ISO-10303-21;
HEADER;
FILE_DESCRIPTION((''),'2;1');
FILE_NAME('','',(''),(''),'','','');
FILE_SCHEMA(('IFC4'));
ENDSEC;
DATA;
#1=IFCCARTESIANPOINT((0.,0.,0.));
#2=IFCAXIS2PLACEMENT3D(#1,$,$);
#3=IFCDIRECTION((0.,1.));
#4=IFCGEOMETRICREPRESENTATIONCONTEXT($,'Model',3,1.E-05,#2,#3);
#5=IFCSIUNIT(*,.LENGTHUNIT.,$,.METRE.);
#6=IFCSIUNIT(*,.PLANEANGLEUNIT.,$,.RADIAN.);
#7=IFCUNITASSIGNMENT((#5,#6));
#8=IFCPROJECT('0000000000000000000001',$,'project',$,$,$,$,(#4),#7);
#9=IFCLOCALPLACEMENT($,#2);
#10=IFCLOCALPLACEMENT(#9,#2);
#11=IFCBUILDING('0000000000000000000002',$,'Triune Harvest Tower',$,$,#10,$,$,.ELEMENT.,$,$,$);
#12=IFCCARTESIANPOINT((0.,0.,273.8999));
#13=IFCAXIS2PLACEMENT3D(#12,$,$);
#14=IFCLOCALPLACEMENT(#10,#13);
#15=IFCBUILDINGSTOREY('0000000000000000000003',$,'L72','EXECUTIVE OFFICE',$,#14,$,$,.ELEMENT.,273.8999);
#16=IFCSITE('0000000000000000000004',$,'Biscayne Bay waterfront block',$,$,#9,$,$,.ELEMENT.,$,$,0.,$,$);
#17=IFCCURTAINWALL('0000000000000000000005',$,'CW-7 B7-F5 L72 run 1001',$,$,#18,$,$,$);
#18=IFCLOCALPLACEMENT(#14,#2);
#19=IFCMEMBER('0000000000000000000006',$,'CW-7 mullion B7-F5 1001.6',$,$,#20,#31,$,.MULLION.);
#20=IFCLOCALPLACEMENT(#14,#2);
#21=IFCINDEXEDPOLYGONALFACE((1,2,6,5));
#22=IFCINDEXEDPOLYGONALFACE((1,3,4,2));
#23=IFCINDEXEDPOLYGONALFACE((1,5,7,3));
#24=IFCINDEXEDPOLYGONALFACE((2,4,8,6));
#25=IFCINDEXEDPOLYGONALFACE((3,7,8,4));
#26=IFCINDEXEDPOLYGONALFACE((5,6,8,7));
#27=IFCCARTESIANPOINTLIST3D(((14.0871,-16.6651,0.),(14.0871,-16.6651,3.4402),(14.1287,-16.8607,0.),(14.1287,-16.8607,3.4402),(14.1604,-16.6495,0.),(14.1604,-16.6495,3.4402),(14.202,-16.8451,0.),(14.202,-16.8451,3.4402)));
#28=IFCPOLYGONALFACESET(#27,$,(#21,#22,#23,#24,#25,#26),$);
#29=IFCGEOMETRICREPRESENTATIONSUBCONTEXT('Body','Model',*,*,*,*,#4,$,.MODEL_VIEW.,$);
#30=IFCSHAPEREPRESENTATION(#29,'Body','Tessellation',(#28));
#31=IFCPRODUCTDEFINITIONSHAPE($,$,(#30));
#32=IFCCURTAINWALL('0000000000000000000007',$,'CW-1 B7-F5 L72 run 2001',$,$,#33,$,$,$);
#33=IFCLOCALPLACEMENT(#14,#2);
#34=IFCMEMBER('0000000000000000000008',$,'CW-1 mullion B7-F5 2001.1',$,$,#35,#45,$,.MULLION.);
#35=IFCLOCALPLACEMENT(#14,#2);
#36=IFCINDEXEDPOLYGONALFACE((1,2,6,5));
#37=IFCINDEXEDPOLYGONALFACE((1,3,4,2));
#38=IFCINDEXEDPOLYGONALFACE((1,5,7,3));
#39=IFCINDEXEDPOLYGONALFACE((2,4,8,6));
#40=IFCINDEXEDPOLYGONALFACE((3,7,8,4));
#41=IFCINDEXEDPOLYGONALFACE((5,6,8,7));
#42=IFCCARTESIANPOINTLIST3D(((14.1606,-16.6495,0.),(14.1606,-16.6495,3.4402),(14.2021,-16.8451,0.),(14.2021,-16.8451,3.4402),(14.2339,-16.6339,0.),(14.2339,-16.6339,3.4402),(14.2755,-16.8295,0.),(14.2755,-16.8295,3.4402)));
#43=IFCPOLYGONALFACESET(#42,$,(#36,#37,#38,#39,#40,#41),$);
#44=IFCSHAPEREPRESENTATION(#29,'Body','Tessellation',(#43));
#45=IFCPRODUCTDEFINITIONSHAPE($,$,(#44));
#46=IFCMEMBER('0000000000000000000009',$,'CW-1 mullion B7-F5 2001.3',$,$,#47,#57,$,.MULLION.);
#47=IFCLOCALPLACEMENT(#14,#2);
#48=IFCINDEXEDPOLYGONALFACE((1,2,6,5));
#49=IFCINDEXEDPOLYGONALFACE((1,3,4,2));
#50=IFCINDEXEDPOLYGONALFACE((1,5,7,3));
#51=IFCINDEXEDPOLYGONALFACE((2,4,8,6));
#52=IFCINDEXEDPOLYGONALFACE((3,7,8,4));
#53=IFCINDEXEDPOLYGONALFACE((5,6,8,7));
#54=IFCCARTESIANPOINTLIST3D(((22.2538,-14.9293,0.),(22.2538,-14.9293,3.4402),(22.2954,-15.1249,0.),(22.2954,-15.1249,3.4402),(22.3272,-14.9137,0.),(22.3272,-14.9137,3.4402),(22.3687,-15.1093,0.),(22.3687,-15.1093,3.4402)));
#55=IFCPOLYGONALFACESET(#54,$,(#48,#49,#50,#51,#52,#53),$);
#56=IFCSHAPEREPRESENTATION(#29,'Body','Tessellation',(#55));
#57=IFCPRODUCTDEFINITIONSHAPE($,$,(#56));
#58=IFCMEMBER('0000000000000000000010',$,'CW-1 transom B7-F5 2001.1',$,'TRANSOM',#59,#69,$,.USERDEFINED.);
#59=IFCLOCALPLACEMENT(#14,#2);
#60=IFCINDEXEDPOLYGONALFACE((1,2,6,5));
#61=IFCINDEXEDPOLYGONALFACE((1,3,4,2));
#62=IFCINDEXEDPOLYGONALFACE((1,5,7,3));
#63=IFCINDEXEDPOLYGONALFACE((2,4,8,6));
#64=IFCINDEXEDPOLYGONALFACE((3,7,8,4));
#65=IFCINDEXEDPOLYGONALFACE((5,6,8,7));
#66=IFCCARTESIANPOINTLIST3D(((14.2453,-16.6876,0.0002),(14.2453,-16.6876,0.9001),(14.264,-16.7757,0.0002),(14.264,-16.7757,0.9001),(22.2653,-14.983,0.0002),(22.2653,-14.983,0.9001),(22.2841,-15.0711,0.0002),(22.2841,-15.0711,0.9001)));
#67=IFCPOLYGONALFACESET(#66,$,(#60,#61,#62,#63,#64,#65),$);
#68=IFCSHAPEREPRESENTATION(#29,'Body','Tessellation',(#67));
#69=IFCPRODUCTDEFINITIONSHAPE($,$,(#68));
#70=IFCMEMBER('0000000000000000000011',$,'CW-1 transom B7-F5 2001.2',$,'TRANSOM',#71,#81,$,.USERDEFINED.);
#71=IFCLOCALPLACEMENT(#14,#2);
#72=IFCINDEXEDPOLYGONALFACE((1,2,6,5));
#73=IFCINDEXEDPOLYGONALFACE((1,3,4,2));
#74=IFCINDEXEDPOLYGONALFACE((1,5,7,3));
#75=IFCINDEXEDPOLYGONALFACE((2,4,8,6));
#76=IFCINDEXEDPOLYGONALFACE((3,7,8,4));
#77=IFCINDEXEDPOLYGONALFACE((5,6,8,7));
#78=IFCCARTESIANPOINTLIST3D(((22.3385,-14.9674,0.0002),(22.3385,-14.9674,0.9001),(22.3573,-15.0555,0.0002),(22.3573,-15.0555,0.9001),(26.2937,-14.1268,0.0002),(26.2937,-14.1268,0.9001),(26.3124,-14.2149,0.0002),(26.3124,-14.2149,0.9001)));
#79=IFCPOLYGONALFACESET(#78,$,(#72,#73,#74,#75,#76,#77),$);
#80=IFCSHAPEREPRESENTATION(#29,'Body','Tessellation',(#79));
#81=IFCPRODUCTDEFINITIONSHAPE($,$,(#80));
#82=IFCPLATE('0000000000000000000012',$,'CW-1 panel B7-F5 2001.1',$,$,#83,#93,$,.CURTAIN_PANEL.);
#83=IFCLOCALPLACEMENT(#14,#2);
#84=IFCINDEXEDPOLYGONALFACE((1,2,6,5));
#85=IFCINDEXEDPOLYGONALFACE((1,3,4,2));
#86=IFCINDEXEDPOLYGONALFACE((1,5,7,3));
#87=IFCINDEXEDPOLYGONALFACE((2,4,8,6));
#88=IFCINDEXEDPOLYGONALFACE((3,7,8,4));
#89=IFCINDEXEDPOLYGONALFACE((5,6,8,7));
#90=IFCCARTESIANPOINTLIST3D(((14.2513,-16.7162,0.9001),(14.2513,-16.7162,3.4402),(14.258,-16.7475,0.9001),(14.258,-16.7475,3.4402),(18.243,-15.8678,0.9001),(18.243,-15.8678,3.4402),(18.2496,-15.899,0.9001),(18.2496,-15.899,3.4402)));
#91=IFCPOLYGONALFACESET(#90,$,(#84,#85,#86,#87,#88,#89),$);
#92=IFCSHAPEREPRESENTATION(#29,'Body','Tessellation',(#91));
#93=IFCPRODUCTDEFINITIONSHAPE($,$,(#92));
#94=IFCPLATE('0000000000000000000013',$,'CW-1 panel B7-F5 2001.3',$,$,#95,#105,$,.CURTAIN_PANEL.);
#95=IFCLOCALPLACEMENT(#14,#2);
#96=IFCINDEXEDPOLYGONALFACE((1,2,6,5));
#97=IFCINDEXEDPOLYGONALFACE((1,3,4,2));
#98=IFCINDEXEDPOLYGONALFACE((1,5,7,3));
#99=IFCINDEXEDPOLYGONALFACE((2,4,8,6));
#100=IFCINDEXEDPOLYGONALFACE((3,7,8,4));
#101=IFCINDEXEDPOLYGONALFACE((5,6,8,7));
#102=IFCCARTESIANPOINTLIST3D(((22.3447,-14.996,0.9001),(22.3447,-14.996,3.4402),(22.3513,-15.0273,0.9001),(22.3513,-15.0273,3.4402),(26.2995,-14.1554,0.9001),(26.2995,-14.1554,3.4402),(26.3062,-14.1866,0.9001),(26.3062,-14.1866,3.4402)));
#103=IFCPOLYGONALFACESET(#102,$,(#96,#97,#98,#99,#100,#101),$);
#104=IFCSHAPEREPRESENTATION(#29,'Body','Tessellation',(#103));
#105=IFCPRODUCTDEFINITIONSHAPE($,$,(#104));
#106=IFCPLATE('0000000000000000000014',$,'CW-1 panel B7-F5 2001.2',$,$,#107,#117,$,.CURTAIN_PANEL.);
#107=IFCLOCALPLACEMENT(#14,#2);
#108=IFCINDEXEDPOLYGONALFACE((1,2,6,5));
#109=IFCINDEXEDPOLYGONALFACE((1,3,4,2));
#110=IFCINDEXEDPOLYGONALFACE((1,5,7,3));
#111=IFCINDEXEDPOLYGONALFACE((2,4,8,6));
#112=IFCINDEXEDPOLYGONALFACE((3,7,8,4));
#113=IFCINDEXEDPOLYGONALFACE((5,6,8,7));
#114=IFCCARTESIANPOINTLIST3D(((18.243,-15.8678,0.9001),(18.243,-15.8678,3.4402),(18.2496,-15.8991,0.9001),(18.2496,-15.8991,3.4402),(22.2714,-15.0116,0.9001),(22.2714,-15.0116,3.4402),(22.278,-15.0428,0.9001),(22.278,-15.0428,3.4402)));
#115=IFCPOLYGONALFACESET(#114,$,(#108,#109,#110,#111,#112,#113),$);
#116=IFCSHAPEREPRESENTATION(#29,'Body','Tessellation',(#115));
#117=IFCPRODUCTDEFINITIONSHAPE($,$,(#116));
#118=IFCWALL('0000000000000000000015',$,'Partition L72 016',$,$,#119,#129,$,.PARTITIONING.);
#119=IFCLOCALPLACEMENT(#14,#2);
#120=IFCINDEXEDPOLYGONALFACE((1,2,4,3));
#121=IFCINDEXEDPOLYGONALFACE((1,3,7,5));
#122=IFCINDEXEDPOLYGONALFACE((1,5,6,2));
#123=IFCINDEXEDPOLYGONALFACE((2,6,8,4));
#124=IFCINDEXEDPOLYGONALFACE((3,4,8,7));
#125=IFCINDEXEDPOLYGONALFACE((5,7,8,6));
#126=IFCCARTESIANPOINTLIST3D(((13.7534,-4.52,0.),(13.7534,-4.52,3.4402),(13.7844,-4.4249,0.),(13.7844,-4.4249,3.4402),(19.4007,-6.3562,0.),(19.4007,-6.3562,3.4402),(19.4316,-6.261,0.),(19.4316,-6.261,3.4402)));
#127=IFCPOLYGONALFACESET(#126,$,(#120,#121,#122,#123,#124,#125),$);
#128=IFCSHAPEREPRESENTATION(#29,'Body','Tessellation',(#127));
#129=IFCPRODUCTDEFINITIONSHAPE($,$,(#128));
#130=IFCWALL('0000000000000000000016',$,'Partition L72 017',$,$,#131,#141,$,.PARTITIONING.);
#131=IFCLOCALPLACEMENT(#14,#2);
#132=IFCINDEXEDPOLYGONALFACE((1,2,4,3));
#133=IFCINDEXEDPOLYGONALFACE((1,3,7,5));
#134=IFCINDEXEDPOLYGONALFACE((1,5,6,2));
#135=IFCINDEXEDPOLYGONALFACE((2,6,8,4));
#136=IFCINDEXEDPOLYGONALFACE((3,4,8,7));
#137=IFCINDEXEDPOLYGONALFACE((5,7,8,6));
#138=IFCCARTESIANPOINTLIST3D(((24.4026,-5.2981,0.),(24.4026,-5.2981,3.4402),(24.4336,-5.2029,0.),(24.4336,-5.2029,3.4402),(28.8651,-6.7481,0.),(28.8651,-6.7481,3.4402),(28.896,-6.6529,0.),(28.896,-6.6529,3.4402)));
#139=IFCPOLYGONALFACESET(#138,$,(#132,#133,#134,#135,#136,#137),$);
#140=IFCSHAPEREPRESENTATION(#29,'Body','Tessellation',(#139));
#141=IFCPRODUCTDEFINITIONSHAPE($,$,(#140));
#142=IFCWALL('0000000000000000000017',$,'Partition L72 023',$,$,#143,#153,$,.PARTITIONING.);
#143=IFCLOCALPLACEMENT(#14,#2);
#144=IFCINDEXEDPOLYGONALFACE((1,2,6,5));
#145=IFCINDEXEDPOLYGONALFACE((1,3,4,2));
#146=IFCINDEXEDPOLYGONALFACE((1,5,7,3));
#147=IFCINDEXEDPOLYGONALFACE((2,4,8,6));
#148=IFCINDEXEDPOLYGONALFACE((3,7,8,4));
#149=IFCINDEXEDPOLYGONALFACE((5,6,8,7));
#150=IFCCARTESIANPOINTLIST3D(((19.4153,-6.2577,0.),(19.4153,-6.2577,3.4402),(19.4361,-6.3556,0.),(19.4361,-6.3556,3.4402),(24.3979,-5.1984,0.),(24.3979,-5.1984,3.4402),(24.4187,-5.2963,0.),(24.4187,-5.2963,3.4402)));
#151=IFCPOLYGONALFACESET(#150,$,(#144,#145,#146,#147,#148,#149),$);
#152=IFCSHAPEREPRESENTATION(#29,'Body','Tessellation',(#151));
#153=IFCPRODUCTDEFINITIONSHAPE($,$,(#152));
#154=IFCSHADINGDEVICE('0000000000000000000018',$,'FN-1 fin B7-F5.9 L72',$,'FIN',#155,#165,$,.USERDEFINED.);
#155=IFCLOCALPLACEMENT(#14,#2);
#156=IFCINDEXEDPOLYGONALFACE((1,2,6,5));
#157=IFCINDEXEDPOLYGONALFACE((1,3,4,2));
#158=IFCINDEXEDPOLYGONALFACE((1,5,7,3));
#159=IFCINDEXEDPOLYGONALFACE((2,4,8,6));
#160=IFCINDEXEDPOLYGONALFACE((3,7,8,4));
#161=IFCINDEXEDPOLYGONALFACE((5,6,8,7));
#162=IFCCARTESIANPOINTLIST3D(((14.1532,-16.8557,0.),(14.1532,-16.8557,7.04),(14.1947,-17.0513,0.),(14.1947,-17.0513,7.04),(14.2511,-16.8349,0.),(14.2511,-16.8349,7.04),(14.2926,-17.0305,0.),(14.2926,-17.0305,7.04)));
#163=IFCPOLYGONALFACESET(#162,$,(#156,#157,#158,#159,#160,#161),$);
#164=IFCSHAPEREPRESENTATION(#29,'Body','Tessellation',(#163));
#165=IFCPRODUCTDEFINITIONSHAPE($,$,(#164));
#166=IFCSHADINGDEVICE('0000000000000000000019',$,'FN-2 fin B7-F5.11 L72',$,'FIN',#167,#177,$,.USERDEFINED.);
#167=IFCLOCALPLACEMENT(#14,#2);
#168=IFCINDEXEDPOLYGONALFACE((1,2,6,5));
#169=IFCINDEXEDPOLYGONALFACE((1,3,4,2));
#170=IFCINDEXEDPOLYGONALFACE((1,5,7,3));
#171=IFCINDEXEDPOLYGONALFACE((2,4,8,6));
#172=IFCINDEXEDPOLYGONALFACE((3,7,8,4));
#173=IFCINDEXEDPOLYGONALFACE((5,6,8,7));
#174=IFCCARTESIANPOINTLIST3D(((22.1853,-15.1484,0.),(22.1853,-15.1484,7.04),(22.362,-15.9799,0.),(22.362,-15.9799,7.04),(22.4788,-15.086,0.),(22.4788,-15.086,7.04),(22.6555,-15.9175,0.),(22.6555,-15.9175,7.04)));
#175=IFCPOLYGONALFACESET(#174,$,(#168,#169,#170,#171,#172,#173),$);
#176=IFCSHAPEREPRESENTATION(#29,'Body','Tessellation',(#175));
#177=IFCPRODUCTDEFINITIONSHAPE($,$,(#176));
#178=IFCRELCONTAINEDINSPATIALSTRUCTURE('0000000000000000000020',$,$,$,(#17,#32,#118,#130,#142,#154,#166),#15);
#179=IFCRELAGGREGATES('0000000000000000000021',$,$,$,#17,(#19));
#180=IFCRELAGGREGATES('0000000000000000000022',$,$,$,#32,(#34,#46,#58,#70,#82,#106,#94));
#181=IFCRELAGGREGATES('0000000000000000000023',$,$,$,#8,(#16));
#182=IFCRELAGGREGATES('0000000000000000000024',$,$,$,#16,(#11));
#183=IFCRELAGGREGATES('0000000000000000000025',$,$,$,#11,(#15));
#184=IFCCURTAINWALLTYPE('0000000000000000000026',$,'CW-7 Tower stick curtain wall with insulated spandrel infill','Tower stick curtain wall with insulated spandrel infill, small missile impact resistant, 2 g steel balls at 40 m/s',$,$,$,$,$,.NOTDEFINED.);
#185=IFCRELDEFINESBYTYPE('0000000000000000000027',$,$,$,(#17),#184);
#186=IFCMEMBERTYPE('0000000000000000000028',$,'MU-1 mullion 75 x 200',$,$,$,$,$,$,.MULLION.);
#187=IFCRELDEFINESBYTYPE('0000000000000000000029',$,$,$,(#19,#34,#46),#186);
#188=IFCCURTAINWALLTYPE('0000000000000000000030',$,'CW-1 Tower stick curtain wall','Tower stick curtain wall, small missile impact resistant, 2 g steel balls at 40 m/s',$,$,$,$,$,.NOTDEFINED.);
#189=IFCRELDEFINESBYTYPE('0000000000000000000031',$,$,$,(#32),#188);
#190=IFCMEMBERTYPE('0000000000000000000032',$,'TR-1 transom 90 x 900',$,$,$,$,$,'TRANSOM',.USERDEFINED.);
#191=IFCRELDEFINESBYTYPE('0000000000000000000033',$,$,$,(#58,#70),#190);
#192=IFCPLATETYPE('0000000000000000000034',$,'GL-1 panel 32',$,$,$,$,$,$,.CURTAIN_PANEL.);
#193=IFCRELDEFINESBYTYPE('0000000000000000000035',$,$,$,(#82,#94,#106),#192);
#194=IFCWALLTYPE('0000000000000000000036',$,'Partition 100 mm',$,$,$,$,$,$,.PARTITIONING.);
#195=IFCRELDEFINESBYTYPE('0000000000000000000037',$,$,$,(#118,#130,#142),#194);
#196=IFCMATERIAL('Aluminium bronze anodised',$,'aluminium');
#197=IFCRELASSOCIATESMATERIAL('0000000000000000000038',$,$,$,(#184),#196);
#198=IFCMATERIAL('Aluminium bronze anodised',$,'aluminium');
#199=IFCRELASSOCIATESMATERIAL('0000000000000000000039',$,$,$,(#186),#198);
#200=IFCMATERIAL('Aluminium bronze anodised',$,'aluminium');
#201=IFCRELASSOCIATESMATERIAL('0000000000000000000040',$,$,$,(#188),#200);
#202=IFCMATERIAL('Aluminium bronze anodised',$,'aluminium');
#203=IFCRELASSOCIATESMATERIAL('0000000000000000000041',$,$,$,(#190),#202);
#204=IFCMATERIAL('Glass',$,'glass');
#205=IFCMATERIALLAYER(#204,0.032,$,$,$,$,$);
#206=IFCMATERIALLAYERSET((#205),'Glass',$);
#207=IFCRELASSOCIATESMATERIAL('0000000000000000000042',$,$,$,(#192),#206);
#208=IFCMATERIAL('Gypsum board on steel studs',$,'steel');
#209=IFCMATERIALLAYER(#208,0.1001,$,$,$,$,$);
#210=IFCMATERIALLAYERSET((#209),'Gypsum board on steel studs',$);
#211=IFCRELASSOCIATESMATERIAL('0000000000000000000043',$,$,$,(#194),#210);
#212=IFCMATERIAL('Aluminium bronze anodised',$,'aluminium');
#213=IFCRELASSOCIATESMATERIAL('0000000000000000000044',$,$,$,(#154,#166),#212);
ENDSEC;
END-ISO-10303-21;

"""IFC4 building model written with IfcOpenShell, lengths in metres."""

from ifc_helpers import new_model, si_unit, direction, frame, frame_2d, origin, origin_2d, place, context, subcontext, project, spatial, rectangle, extrude, source, transform, mapped, material, layer, layer_set, material_profile, profile_set, type_object, element, aggregate, save


model = new_model("IFC4")

# Units and contexts
model_context = context("Model", 3, precision=1e-05, world=origin(), true_north=direction((0.0, 1.0)))
body_context = subcontext(model_context, "Body", "Model", "MODEL_VIEW")
ifc_project = project(units=[si_unit("LENGTHUNIT", "METRE"), si_unit("PLANEANGLEUNIT", "RADIAN")], contexts=[model_context])

# Site, building, storey
site_placement = place(None, origin())
site = spatial("IfcSite", under=ifc_project, at=site_placement, Name="Biscayne Bay waterfront block", CompositionType="ELEMENT", RefElevation=0.0)
building_placement = place(site_placement, origin())
building = spatial("IfcBuilding", under=site, at=building_placement, Name="Triune Harvest Tower", CompositionType="ELEMENT")
storey_placement = place(building_placement, frame((0.0, 0.0, 273.8999)))
storey = spatial("IfcBuildingStorey", under=building, at=storey_placement, Name="L72", Description="EXECUTIVE OFFICE", CompositionType="ELEMENT", Elevation=273.8999)

# Curtain wall, member
ifc_material_1 = material(Name="Aluminium bronze anodised", Category="aluminium")
curtain_wall_type_1 = type_object("IfcCurtainWallType", Name="CW-7 Tower stick curtain wall with insulated spandrel infill", Description="Tower stick curtain wall with insulated spandrel infill, small missile impact resistant, 2 g steel balls at 40 m/s", PredefinedType="NOTDEFINED", material=ifc_material_1)
curtain_wall_1_placement = place(storey_placement, origin())
curtain_wall_1 = element("IfcCurtainWall", 1, at=curtain_wall_1_placement, inside=storey, type_object=curtain_wall_type_1, Name="CW-7 B7-F5 L72 run 1001")
ifc_material_2 = material(Name="Aluminium bronze anodised", Category="aluminium")
ifc_material_profile_1 = material_profile(ifc_material_2, rectangle(XDim=0.2, YDim=0.075, at=origin_2d()), Name="MU-1 mullion 75 x 200")
ifc_profile_set_1 = profile_set([ifc_material_profile_1], Name="Aluminium bronze anodised")
member_type_1 = type_object("IfcMemberType", Name="MU-1 mullion 75 x 200", PredefinedType="MULLION", material=ifc_profile_set_1)
shared_shape_1 = source(origin(), body_context, "Body", "SweptSolid", [
    extrude(rectangle(XDim=0.2, YDim=0.075, at=origin_2d()), origin(), (0.0, 0.0, 1.0), 3.4402),
])
member_1_placement = place(storey_placement, frame((14.1445, -16.7551, 0.0), z_axis=(0.0, 0.0, 1.0), x_axis=(-0.207913, 0.978147, 0.0)))
member_1 = element("IfcMember", 2, at=member_1_placement, type_object=member_type_1, Name="CW-7 mullion B7-F5 1001.6", PredefinedType="MULLION", context=body_context, shape_type="MappedRepresentation", body=[
    mapped(shared_shape_1, transform((0.0, 0.0, 0.0), scale=1.0)),
])
aggregate(curtain_wall_1, [member_1])

# Curtain wall, members, plates
ifc_material_3 = material(Name="Aluminium bronze anodised", Category="aluminium")
curtain_wall_type_2 = type_object("IfcCurtainWallType", Name="CW-1 Tower stick curtain wall", Description="Tower stick curtain wall, small missile impact resistant, 2 g steel balls at 40 m/s", PredefinedType="NOTDEFINED", material=ifc_material_3)
curtain_wall_2_placement = place(storey_placement, origin())
curtain_wall_2 = element("IfcCurtainWall", 3, at=curtain_wall_2_placement, inside=storey, type_object=curtain_wall_type_2, Name="CW-1 B7-F5 L72 run 2001")
member_2_placement = place(storey_placement, frame((14.218, -16.7395, 0.0), z_axis=(0.0, 0.0, 1.0), x_axis=(-0.207909, 0.978148, 0.0)))
member_2 = element("IfcMember", 4, at=member_2_placement, type_object=member_type_1, Name="CW-1 mullion B7-F5 2001.1", PredefinedType="MULLION", context=body_context, shape_type="MappedRepresentation", body=[
    mapped(shared_shape_1, transform((0.0, 0.0, 0.0), scale=1.0)),
])
member_3_placement = place(storey_placement, frame((22.3113, -15.0193, 0.0), z_axis=(0.0, 0.0, 1.0), x_axis=(-0.207909, 0.978148, 0.0)))
member_3 = element("IfcMember", 5, at=member_3_placement, type_object=member_type_1, Name="CW-1 mullion B7-F5 2001.3", PredefinedType="MULLION", context=body_context, shape_type="MappedRepresentation", body=[
    mapped(shared_shape_1, transform((0.0, 0.0, 0.0), scale=1.0)),
])
ifc_material_4 = material(Name="Aluminium bronze anodised", Category="aluminium")
ifc_material_profile_2 = material_profile(ifc_material_4, rectangle(XDim=0.0901, YDim=0.8999, at=origin_2d()), Name="TR-1 transom 90 x 900")
ifc_profile_set_2 = profile_set([ifc_material_profile_2], Name="Aluminium bronze anodised")
member_type_2 = type_object("IfcMemberType", Name="TR-1 transom 90 x 900", ElementType="TRANSOM", PredefinedType="USERDEFINED", material=ifc_profile_set_2)
shared_shape_2 = source(origin(), body_context, "Body", "SweptSolid", [
    extrude(rectangle(XDim=0.0901, YDim=0.8999, at=origin_2d()), origin(), (0.0, 0.0, 1.0), 8.1992),
])
member_4_placement = place(storey_placement, frame((14.2546, -16.7317, 0.4502), z_axis=(0.978151, 0.207898, 0.0), x_axis=(-0.207898, 0.978151, 0.0)))
member_4 = element("IfcMember", 6, at=member_4_placement, type_object=member_type_2, Name="CW-1 transom B7-F5 2001.1", ObjectType="TRANSOM", PredefinedType="USERDEFINED", context=body_context, shape_type="MappedRepresentation", body=[
    mapped(shared_shape_2, transform((0.0, 0.0, 0.0), scale=1.0)),
])
shared_shape_3 = source(origin(), body_context, "Body", "SweptSolid", [
    extrude(rectangle(XDim=0.0901, YDim=0.8999, at=origin_2d()), origin(), (0.0, 0.0, 1.0), 4.0435),
])
member_5_placement = place(storey_placement, frame((22.3479, -15.0115, 0.4502), z_axis=(0.978153, 0.207888, 0.0), x_axis=(-0.207888, 0.978153, 0.0)))
member_5 = element("IfcMember", 7, at=member_5_placement, type_object=member_type_2, Name="CW-1 transom B7-F5 2001.2", ObjectType="TRANSOM", PredefinedType="USERDEFINED", context=body_context, shape_type="MappedRepresentation", body=[
    mapped(shared_shape_3, transform((0.0, 0.0, 0.0), scale=1.0)),
])
ifc_material_5 = material(Name="Glass", Category="glass")
ifc_layer_1 = layer(ifc_material_5, 0.032)
ifc_layer_set_1 = layer_set([ifc_layer_1], Name="Glass")
plate_type = type_object("IfcPlateType", Name="GL-1 panel 32", PredefinedType="CURTAIN_PANEL", material=ifc_layer_set_1)
shared_shape_4 = source(origin(), body_context, "Body", "SweptSolid", [
    extrude(rectangle(XDim=4.0808, YDim=0.032, at=origin_2d()), origin(), (0.0, 0.0, 1.0), 2.54),
])
plate_1_placement = place(storey_placement, frame((16.2505, -16.3076, 0.9001), z_axis=(0.0, 0.0, 1.0), x_axis=(0.978148, 0.207909, 0.0)))
plate_1 = element("IfcPlate", 8, at=plate_1_placement, type_object=plate_type, Name="CW-1 panel B7-F5 2001.1", PredefinedType="CURTAIN_PANEL", context=body_context, shape_type="MappedRepresentation", body=[
    mapped(shared_shape_4, transform((0.0, 0.0, 0.0), scale=1.0)),
])
shared_shape_5 = source(origin(), body_context, "Body", "SweptSolid", [
    extrude(rectangle(XDim=4.0432, YDim=0.032, at=origin_2d()), origin(), (0.0, 0.0, 1.0), 2.54),
])
plate_2_placement = place(storey_placement, frame((24.3254, -14.5913, 0.9001), z_axis=(0.0, 0.0, 1.0), x_axis=(0.978148, 0.207909, 0.0)))
plate_2 = element("IfcPlate", 9, at=plate_2_placement, type_object=plate_type, Name="CW-1 panel B7-F5 2001.3", PredefinedType="CURTAIN_PANEL", context=body_context, shape_type="MappedRepresentation", body=[
    mapped(shared_shape_5, transform((0.0, 0.0, 0.0), scale=1.0)),
])
shared_shape_6 = source(origin(), body_context, "Body", "SweptSolid", [
    extrude(rectangle(XDim=4.1184, YDim=0.032, at=origin_2d()), origin(), (0.0, 0.0, 1.0), 2.54),
])
plate_3_placement = place(storey_placement, frame((20.2605, -15.4553, 0.9001), z_axis=(0.0, 0.0, 1.0), x_axis=(0.978148, 0.207909, 0.0)))
plate_3 = element("IfcPlate", 10, at=plate_3_placement, type_object=plate_type, Name="CW-1 panel B7-F5 2001.2", PredefinedType="CURTAIN_PANEL", context=body_context, shape_type="MappedRepresentation", body=[
    mapped(shared_shape_6, transform((0.0, 0.0, 0.0), scale=1.0)),
])
aggregate(curtain_wall_2, [member_2, member_3, member_4, member_5, plate_1, plate_3, plate_2])

# Walls
ifc_material_6 = material(Name="Gypsum board on steel studs", Category="steel")
ifc_layer_2 = layer(ifc_material_6, 0.1001)
ifc_layer_set_2 = layer_set([ifc_layer_2], Name="Gypsum board on steel studs")
wall_type = type_object("IfcWallType", Name="Partition 100 mm", PredefinedType="PARTITIONING", material=ifc_layer_set_2)
wall_1_placement = place(storey_placement, frame((13.7688, -4.4724, 0.0), z_axis=(0.0, 0.0, 1.0), x_axis=(0.950993, -0.309213, 0.0)))
element("IfcWall", 11, at=wall_1_placement, inside=storey, type_object=wall_type, Name="Partition L72 016", PredefinedType="PARTITIONING", context=body_context, shape_type="SweptSolid", body=[
    extrude(rectangle(XDim=5.9382, YDim=0.1001, at=frame_2d((2.9692, 0.0))), origin(), (0.0, 0.0, 1.0), 3.4402),
])
wall_2_placement = place(storey_placement, frame((24.418, -5.2505, 0.0), z_axis=(0.0, 0.0, 1.0), x_axis=(0.951055, -0.309023, 0.0)))
element("IfcWall", 12, at=wall_2_placement, inside=storey, type_object=wall_type, Name="Partition L72 017", PredefinedType="PARTITIONING", context=body_context, shape_type="SweptSolid", body=[
    extrude(rectangle(XDim=4.6921, YDim=0.1001, at=frame_2d((2.3462, 0.0))), origin(), (0.0, 0.0, 1.0), 3.4402),
])
wall_3_placement = place(storey_placement, frame((19.4258, -6.3066, 0.0), z_axis=(0.0, 0.0, 1.0), x_axis=(0.978139, 0.207954, 0.0)))
element("IfcWall", 13, at=wall_3_placement, inside=storey, type_object=wall_type, Name="Partition L72 023", PredefinedType="PARTITIONING", context=body_context, shape_type="SweptSolid", body=[
    extrude(rectangle(XDim=5.094, YDim=0.1001, at=frame_2d((2.5469, 0.0))), origin(), (0.0, 0.0, 1.0), 3.4402),
])

# Shading devices
ifc_material_7 = material(Name="Aluminium bronze anodised", Category="aluminium")
shared_shape_7 = source(origin(), body_context, "Body", "SweptSolid", [
    extrude(rectangle(XDim=0.1001, YDim=0.2, at=origin_2d()), origin(), (0.0, 0.0, 1.0), 7.04),
])
shading_device_1_placement = place(storey_placement, frame((14.2229, -16.9431, 0.0), z_axis=(0.0, 0.0, 1.0), x_axis=(0.978148, 0.207911, 0.0)))
element("IfcShadingDevice", 14, at=shading_device_1_placement, inside=storey, material=ifc_material_7, Name="FN-1 fin B7-F5.9 L72", ObjectType="FIN", PredefinedType="USERDEFINED", context=body_context, shape_type="MappedRepresentation", body=[
    mapped(shared_shape_7, transform((0.0, 0.0, 0.0), scale=1.0)),
])
shared_shape_8 = source(origin(), body_context, "Body", "SweptSolid", [
    extrude(rectangle(XDim=0.3, YDim=0.8501, at=origin_2d()), origin(), (0.0, 0.0, 1.0), 7.04),
])
shading_device_2_placement = place(storey_placement, frame((22.4204, -15.533, 0.0), z_axis=(0.0, 0.0, 1.0), x_axis=(0.978148, 0.207911, 0.0)))
element("IfcShadingDevice", 15, at=shading_device_2_placement, inside=storey, material=ifc_material_7, Name="FN-2 fin B7-F5.11 L72", ObjectType="FIN", PredefinedType="USERDEFINED", context=body_context, shape_type="MappedRepresentation", body=[
    mapped(shared_shape_8, transform((0.0, 0.0, 0.0), scale=1.0)),
])

save(model, "model.ifc")
